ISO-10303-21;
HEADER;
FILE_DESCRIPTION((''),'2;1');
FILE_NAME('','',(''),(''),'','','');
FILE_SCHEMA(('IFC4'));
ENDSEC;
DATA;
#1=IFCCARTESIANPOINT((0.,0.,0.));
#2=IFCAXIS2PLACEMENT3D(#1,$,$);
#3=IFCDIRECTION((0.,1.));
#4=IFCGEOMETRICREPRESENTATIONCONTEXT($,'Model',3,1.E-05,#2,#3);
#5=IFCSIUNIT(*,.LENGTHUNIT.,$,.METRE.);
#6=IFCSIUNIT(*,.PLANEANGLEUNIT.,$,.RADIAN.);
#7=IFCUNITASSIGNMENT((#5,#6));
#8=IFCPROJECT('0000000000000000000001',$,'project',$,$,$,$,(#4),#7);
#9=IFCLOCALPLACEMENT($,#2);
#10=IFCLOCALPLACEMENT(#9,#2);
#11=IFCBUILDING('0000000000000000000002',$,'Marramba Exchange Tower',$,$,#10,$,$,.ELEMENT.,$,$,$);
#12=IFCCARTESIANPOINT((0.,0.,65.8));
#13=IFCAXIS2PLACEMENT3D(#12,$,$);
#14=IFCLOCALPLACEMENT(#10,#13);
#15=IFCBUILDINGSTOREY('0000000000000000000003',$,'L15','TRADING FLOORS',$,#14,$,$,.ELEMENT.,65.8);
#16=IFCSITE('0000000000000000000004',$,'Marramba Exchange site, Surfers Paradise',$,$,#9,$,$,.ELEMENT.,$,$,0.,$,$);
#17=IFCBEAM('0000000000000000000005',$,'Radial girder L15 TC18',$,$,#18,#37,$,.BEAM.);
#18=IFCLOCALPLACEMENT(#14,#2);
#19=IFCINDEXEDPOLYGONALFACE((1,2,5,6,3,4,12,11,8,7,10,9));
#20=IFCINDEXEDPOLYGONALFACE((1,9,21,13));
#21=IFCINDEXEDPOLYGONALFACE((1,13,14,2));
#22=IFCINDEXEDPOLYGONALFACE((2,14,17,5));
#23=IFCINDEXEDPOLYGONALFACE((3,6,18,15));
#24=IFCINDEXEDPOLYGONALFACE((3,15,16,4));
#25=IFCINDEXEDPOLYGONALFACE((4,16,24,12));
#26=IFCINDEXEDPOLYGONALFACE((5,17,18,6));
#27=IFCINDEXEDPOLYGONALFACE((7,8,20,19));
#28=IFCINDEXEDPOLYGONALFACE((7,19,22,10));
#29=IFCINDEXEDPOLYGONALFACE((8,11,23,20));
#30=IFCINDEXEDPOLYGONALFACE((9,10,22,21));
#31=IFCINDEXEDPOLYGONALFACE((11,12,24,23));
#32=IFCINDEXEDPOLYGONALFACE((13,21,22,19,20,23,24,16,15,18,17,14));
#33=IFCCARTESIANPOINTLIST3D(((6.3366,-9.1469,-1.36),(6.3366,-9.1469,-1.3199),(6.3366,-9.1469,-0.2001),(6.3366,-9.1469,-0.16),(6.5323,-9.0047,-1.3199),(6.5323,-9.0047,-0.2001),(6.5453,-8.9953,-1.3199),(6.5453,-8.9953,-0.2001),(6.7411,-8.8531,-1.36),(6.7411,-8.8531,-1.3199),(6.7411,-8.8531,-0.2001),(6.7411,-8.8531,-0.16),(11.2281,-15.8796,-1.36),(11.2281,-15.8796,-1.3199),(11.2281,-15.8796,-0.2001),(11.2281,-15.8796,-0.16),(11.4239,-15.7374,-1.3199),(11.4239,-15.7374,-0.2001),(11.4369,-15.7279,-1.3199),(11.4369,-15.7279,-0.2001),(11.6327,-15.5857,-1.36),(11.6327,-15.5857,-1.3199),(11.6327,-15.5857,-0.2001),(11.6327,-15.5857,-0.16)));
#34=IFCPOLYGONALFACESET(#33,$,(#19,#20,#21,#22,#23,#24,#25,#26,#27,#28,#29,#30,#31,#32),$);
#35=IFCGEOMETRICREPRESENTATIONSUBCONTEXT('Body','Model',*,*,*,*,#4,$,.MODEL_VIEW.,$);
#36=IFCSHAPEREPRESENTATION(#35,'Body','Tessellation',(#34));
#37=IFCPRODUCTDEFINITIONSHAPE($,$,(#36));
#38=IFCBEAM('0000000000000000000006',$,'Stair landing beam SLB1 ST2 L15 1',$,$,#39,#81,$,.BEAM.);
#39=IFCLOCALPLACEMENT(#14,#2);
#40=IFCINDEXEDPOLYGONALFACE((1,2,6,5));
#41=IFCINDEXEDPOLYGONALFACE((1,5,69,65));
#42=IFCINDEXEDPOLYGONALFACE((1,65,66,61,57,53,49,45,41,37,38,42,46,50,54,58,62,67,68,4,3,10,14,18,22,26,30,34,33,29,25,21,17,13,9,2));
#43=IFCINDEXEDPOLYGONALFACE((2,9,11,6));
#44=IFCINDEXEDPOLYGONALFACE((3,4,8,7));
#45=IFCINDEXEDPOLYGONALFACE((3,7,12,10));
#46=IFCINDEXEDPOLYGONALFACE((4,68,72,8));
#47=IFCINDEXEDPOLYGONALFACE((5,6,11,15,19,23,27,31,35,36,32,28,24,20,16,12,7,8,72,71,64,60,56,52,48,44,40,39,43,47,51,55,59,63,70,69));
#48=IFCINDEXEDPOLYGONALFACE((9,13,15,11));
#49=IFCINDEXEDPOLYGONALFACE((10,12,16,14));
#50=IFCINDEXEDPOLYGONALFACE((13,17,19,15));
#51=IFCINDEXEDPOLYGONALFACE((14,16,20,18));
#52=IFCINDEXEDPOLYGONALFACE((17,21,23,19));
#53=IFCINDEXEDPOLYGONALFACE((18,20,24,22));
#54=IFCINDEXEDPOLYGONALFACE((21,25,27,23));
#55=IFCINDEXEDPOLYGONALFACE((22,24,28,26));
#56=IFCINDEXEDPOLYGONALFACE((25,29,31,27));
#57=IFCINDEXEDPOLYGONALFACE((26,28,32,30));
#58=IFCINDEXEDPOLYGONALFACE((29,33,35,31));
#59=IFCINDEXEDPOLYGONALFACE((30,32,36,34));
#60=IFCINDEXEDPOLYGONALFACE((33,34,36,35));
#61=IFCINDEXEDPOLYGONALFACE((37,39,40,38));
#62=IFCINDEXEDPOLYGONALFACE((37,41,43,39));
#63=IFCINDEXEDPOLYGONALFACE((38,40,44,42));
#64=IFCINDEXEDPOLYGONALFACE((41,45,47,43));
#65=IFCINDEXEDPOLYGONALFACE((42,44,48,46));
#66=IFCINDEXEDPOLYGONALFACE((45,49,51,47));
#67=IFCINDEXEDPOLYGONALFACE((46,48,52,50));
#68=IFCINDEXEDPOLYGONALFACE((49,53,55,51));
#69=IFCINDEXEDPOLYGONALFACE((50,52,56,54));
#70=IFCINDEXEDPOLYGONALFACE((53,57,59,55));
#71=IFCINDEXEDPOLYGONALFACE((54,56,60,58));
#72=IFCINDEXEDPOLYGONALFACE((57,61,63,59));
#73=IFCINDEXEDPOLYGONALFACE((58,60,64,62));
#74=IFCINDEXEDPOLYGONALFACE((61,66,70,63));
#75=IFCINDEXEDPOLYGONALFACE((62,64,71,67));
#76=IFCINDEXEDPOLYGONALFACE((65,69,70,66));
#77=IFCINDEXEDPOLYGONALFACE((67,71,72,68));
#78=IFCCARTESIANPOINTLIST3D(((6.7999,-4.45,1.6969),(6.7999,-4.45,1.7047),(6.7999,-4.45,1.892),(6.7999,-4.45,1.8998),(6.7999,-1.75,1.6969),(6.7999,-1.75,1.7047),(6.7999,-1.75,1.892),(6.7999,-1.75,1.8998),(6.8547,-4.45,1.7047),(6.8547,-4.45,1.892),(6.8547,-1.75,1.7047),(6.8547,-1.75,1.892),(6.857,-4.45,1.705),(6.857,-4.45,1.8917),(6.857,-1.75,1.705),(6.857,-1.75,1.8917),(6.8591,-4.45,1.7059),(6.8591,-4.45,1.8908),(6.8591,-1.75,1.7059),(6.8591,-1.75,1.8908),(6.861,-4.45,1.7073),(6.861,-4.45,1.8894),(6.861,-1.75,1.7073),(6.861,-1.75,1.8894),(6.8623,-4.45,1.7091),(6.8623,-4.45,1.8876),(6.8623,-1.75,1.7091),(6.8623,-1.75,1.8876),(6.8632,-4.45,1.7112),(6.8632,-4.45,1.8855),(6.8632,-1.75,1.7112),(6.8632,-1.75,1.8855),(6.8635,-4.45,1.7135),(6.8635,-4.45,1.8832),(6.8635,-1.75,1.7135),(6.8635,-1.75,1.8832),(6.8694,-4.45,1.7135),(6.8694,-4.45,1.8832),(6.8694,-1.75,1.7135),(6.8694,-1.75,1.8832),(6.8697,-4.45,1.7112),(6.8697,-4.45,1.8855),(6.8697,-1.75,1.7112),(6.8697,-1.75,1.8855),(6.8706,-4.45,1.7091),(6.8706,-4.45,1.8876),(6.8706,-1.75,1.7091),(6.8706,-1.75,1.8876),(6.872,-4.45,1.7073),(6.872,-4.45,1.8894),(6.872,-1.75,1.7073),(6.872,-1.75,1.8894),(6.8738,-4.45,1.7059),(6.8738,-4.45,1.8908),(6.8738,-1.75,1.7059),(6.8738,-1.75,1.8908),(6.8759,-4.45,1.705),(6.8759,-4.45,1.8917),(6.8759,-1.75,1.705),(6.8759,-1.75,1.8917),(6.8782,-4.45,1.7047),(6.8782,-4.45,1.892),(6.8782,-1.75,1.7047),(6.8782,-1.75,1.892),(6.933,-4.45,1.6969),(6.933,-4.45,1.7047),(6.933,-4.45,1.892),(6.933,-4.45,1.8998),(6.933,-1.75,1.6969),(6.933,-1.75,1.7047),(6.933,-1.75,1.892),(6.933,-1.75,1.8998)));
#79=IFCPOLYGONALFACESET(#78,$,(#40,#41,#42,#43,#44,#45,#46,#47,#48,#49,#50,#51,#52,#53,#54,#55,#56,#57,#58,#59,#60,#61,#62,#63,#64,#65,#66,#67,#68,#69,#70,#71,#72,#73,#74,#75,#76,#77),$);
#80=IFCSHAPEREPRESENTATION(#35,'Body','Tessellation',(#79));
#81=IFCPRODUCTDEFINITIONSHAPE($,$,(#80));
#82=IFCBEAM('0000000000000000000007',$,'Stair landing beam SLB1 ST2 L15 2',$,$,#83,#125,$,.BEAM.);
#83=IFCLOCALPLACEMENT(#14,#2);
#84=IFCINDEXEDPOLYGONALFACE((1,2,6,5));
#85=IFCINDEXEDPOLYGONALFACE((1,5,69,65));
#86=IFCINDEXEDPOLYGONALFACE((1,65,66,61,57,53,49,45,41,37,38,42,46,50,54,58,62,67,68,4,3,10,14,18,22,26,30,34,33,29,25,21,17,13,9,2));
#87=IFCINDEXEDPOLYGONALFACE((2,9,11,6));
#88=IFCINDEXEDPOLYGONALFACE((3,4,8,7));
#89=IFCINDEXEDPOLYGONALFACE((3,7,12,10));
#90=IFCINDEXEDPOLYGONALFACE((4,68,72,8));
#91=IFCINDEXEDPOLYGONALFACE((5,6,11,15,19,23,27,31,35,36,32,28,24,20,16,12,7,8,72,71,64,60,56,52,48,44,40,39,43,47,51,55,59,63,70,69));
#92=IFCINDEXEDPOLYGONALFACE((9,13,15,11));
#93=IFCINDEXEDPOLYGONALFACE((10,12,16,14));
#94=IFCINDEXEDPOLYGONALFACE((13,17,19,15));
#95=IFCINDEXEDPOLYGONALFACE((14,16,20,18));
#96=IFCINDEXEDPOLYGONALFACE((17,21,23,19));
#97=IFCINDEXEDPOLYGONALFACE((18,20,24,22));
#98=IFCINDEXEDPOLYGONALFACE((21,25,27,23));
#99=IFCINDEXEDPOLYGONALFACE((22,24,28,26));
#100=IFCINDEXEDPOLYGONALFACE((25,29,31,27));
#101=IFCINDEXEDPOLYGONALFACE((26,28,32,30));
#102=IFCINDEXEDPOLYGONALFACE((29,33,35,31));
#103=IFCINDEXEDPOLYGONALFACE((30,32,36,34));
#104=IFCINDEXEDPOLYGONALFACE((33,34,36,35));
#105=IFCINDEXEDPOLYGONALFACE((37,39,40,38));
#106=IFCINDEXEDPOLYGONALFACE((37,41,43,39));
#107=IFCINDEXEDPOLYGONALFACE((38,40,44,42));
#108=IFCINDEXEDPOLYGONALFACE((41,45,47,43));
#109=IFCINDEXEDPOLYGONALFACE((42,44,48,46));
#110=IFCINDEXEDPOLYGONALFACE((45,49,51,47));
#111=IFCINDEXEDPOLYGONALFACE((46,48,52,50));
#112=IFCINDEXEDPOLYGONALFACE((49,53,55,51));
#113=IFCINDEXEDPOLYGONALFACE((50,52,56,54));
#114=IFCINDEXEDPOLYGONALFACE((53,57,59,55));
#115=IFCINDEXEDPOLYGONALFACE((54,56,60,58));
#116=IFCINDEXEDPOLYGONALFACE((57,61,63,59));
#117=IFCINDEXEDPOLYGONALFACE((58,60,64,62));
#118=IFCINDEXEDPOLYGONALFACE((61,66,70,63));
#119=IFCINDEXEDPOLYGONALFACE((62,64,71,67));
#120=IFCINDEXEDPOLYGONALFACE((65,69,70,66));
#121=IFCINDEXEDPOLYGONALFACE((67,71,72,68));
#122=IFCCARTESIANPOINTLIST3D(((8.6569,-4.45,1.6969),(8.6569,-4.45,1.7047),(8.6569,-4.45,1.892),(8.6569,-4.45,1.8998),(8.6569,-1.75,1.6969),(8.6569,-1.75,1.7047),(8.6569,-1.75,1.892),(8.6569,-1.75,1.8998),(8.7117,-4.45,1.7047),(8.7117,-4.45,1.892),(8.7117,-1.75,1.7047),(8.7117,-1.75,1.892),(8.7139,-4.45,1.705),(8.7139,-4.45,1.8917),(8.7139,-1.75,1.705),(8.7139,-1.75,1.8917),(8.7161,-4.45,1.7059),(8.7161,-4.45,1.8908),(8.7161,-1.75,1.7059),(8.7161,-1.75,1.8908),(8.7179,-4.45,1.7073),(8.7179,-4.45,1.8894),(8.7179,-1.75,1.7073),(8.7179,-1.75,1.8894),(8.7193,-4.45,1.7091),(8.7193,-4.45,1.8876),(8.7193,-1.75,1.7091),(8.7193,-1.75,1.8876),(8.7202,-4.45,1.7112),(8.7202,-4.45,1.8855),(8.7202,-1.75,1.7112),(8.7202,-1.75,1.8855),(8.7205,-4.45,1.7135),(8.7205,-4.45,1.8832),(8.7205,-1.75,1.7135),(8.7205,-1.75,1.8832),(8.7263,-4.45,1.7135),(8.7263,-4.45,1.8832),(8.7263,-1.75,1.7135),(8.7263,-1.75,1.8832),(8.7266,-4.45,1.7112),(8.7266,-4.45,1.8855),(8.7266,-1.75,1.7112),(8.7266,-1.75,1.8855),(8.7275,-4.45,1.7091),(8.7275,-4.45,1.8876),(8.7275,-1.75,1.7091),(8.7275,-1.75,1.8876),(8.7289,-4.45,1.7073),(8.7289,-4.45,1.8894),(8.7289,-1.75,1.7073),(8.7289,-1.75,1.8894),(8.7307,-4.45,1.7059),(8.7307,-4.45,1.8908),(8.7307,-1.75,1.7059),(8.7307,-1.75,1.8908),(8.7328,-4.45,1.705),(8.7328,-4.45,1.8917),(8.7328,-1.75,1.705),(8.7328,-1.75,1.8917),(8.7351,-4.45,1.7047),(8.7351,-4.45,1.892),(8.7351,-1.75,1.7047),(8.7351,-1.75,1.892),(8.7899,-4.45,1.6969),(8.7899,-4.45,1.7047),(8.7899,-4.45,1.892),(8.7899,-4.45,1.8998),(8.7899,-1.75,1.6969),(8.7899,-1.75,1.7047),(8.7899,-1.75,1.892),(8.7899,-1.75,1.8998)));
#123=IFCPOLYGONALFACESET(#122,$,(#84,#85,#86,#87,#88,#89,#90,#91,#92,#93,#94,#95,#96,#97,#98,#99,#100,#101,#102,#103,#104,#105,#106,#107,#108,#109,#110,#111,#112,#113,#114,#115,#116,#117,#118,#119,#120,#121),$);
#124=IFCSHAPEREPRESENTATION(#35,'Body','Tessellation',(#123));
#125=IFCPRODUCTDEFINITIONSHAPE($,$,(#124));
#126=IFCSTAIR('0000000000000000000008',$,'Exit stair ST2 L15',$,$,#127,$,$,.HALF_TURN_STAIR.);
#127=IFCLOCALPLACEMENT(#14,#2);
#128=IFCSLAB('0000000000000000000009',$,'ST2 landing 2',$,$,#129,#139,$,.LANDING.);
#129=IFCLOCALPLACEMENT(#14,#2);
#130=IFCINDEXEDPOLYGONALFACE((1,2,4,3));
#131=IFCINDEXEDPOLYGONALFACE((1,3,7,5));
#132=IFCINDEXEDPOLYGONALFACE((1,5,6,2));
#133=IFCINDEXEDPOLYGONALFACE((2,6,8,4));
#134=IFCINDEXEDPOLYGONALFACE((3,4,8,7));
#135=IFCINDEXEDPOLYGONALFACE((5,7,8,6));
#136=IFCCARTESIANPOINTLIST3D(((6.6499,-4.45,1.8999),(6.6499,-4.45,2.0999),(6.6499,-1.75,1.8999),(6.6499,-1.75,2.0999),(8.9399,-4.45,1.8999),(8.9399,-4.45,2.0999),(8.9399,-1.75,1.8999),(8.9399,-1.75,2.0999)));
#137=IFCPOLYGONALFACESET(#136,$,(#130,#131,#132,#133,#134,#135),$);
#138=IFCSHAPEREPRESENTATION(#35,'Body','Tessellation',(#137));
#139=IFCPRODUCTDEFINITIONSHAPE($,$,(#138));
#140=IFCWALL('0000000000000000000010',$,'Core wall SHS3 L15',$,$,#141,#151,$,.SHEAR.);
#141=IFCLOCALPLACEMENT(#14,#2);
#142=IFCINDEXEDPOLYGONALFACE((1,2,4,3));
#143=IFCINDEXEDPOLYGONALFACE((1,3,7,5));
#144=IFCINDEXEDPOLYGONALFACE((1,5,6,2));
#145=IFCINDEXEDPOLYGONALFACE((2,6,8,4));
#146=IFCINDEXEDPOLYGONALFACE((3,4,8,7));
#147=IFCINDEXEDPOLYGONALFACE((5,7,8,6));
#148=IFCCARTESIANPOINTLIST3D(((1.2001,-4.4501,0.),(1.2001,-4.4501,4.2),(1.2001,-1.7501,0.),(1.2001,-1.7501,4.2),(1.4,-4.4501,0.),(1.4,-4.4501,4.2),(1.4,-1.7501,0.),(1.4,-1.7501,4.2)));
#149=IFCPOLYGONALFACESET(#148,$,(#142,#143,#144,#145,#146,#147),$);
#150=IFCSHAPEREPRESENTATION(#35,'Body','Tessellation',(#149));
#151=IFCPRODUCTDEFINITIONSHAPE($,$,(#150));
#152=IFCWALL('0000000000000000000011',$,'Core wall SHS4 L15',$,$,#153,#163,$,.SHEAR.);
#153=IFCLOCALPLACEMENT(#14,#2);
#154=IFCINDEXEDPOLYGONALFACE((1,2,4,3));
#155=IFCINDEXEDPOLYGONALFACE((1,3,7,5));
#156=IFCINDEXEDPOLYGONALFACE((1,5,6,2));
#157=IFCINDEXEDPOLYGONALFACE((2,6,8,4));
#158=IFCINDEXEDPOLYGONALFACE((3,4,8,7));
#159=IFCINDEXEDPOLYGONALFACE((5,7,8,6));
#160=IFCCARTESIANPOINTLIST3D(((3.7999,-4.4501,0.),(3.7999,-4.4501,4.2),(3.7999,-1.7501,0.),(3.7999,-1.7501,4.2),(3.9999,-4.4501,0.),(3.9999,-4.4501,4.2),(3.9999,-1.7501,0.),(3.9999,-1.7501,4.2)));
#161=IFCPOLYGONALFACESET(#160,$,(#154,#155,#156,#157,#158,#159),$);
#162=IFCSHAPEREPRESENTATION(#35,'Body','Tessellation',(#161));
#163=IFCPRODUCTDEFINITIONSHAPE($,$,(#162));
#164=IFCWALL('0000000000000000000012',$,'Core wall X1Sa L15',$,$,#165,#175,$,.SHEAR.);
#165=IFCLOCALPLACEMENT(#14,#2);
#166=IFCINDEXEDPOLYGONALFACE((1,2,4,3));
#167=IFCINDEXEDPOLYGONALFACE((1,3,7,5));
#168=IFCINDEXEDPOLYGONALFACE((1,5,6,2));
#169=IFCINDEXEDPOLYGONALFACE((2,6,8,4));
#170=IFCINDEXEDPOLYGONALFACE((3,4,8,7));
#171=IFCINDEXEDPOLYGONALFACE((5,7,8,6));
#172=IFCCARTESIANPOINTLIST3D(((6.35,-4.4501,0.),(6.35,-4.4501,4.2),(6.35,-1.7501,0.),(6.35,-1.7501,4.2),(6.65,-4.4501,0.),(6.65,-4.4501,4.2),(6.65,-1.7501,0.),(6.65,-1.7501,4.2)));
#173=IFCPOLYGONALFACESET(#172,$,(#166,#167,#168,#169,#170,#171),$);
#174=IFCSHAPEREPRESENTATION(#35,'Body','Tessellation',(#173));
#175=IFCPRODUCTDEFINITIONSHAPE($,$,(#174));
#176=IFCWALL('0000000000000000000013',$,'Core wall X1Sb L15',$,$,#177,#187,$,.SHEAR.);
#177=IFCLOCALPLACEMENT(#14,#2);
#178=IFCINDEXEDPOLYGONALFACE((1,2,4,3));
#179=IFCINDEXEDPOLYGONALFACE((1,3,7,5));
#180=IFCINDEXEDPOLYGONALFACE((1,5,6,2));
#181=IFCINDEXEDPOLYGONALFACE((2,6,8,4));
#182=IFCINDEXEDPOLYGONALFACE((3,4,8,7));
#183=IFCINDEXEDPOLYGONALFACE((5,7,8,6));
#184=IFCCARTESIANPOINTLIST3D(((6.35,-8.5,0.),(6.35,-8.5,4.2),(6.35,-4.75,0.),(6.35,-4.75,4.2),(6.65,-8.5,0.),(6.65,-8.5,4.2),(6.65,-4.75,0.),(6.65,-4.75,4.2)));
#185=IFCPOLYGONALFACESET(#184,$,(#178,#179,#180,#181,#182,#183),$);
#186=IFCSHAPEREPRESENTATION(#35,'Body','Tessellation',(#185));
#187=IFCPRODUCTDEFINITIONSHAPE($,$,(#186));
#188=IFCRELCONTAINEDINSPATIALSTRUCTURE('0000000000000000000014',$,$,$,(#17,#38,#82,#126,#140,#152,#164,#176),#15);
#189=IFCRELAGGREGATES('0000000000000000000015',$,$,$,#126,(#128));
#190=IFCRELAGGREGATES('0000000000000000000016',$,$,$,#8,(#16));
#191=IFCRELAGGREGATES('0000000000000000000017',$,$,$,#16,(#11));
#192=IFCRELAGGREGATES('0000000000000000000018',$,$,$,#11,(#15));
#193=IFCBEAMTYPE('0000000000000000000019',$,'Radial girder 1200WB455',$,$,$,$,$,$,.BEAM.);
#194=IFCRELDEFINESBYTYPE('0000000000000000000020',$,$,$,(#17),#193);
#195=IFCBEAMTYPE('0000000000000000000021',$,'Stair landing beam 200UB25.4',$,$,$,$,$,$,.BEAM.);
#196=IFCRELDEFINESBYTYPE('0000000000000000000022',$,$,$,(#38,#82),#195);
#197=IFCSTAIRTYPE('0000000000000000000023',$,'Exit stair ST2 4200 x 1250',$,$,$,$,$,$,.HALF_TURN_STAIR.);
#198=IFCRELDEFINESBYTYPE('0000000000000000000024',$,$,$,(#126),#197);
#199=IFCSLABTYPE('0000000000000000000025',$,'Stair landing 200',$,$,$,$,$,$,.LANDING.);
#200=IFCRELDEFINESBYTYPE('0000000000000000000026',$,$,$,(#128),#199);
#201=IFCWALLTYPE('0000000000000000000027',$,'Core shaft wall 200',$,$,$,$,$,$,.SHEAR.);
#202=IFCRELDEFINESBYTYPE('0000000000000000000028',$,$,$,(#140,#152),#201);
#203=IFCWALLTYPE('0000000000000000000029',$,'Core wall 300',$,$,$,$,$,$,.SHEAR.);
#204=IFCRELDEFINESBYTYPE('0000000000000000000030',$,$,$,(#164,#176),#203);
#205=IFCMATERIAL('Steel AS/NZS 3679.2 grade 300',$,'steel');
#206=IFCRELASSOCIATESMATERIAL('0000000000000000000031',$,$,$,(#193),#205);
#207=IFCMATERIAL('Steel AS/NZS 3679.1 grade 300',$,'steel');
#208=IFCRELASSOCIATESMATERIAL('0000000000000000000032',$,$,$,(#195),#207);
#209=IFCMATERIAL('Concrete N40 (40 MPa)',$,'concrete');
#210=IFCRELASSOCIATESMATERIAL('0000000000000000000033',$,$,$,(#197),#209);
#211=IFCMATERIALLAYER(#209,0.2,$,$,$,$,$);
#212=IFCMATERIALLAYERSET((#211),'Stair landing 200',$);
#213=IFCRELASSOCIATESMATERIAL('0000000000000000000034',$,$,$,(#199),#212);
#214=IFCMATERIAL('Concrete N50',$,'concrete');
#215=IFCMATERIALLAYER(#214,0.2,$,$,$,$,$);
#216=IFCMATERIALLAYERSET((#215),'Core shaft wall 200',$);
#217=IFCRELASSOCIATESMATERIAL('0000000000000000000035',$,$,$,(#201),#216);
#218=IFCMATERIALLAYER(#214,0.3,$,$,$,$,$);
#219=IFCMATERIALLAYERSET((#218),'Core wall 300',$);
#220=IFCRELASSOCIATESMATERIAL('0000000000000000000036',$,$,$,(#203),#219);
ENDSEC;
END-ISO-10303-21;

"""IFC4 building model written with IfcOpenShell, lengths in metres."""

from ifc_helpers import new_model, si_unit, direction, frame, frame_2d, origin, origin_2d, place, context, subcontext, project, spatial, polyline, rectangle, i_section, outline, extrude, material, layer, layer_set, material_profile, profile_set, type_object, element, aggregate, save


model = new_model("IFC4")

# Units and contexts
model_context = context("Model", 3, precision=1e-05, world=origin(), true_north=direction((0.0, 1.0)))
body_context = subcontext(model_context, "Body", "Model", "MODEL_VIEW")
ifc_project = project(units=[si_unit("LENGTHUNIT", "METRE"), si_unit("PLANEANGLEUNIT", "RADIAN")], contexts=[model_context])

# Site, building, storey
site_placement = place(None, origin())
site = spatial("IfcSite", under=ifc_project, at=site_placement, Name="Marramba Exchange site, Surfers Paradise", CompositionType="ELEMENT", RefElevation=0.0)
building_placement = place(site_placement, origin())
building = spatial("IfcBuilding", under=site, at=building_placement, Name="Marramba Exchange Tower", CompositionType="ELEMENT")
storey_placement = place(building_placement, frame((0.0, 0.0, 65.8)))
storey = spatial("IfcBuildingStorey", under=building, at=storey_placement, Name="L15", Description="TRADING FLOORS", CompositionType="ELEMENT", Elevation=65.8)

# Beams
ifc_material_1 = material(Name="Steel AS/NZS 3679.2 grade 300", Category="steel")
ifc_material_profile_1 = material_profile(ifc_material_1, i_section(OverallWidth=0.5, OverallDepth=1.2, WebThickness=0.0161, FlangeThickness=0.04, at=origin_2d()), Name="1200WB455")
ifc_profile_set_1 = profile_set([ifc_material_profile_1], Name="Steel AS/NZS 3679.2 grade 300")
beam_type_1 = type_object("IfcBeamType", Name="Radial girder 1200WB455", PredefinedType="BEAM", material=ifc_profile_set_1)
beam_placement = place(storey_placement, frame((6.5388, -9.0, -0.76), z_axis=(0.587788, -0.809015, 0.0), x_axis=(0.809015, 0.587788, 0.0)))
element("IfcBeam", 1, at=beam_placement, inside=storey, type_object=beam_type_1, Name="Radial girder L15 TC18", PredefinedType="BEAM", context=body_context, shape_type="SweptSolid", body=[
    extrude(i_section(OverallWidth=0.5, OverallDepth=1.2, WebThickness=0.0161, FlangeThickness=0.04, at=origin_2d()), origin(), (0.0, 0.0, 1.0), 8.322),
])
ifc_material_2 = material(Name="Steel AS/NZS 3679.1 grade 300", Category="steel")
ifc_material_profile_2 = material_profile(ifc_material_2, i_section(OverallWidth=0.1331, OverallDepth=0.2029, WebThickness=0.0059, FlangeThickness=0.0078, FilletRadius=0.0088, at=origin_2d()), Name="200UB25.4")
ifc_profile_set_2 = profile_set([ifc_material_profile_2], Name="Steel AS/NZS 3679.1 grade 300")
beam_type_2 = type_object("IfcBeamType", Name="Stair landing beam 200UB25.4", PredefinedType="BEAM", material=ifc_profile_set_2)
for number, where, z_axis, x_axis, name in (
    (2, (6.8665, -4.45, 1.7983), (0.0, 1.0, 0.0), (-1.0, 0.0, 0.0), "Stair landing beam SLB1 ST2 L15 1"),
    (3, (8.7234, -4.45, 1.7983), (0.0, 1.0, 0.0), (-1.0, 0.0, 0.0), "Stair landing beam SLB1 ST2 L15 2"),
):
    element("IfcBeam", number, at=place(storey_placement, frame(where, z_axis=z_axis, x_axis=x_axis)), inside=storey, type_object=beam_type_2, Name=name, PredefinedType="BEAM", context=body_context, shape_type="SweptSolid", body=[
        extrude(i_section(OverallWidth=0.1331, OverallDepth=0.2029, WebThickness=0.0059, FlangeThickness=0.0078, FilletRadius=0.0088, at=origin_2d()), origin(), (0.0, 0.0, 1.0), 2.7),
    ])

# Stair, slab
ifc_material_3 = material(Name="Concrete N40 (40 MPa)", Category="concrete")
stair_type = type_object("IfcStairType", Name="Exit stair ST2 4200 x 1250", PredefinedType="HALF_TURN_STAIR", material=ifc_material_3)
stair_placement = place(storey_placement, origin())
stair = element("IfcStair", 4, at=stair_placement, inside=storey, type_object=stair_type, Name="Exit stair ST2 L15", PredefinedType="HALF_TURN_STAIR")
ifc_layer_1 = layer(ifc_material_3, 0.2)
ifc_layer_set_1 = layer_set([ifc_layer_1], Name="Stair landing 200")
slab_type = type_object("IfcSlabType", Name="Stair landing 200", PredefinedType="LANDING", material=ifc_layer_set_1)
slab_placement = place(storey_placement, frame((0.0, 0.0, 1.8999)))
slab = element("IfcSlab", 5, at=slab_placement, type_object=slab_type, Name="ST2 landing 2", PredefinedType="LANDING", context=body_context, shape_type="SweptSolid", body=[
    extrude(outline(polyline([(6.6499, -4.45), (8.9399, -4.45), (8.9399, -1.75), (6.6499, -1.75), (6.6499, -4.45)])), origin(), (0.0, 0.0, 1.0), 0.2),
])

# Walls
ifc_material_4 = material(Name="Concrete N50", Category="concrete")
ifc_layer_2 = layer(ifc_material_4, 0.2)
ifc_layer_set_2 = layer_set([ifc_layer_2], Name="Core shaft wall 200")
wall_type_1 = type_object("IfcWallType", Name="Core shaft wall 200", PredefinedType="SHEAR", material=ifc_layer_set_2)
for number, where, z_axis, x_axis, name in (
    (6, (1.3, -1.75, 0.0), (0.0, 0.0, 1.0), (0.0, -1.0, 0.0), "Core wall SHS3 L15"),
    (7, (3.8999, -1.75, 0.0), (0.0, 0.0, 1.0), (0.0, -1.0, 0.0), "Core wall SHS4 L15"),
):
    element("IfcWall", number, at=place(storey_placement, frame(where, z_axis=z_axis, x_axis=x_axis)), inside=storey, type_object=wall_type_1, Name=name, PredefinedType="SHEAR", context=body_context, shape_type="SweptSolid", body=[
        extrude(rectangle(XDim=2.7, YDim=0.2, at=frame_2d((1.3501, 0.0))), origin(), (0.0, 0.0, 1.0), 4.2),
    ])
ifc_layer_3 = layer(ifc_material_4, 0.3)
ifc_layer_set_3 = layer_set([ifc_layer_3], Name="Core wall 300")
wall_type_2 = type_object("IfcWallType", Name="Core wall 300", PredefinedType="SHEAR", material=ifc_layer_set_3)
wall_1_placement = place(storey_placement, frame((6.5, -1.75, 0.0), z_axis=(0.0, 0.0, 1.0), x_axis=(0.0, -1.0, 0.0)))
element("IfcWall", 8, at=wall_1_placement, inside=storey, type_object=wall_type_2, Name="Core wall X1Sa L15", PredefinedType="SHEAR", context=body_context, shape_type="SweptSolid", body=[
    extrude(rectangle(XDim=2.7, YDim=0.3, at=frame_2d((1.3501, 0.0))), origin(), (0.0, 0.0, 1.0), 4.2),
])
wall_2_placement = place(storey_placement, frame((6.5, -4.75, 0.0), z_axis=(0.0, 0.0, 1.0), x_axis=(0.0, -1.0, 0.0)))
element("IfcWall", 9, at=wall_2_placement, inside=storey, type_object=wall_type_2, Name="Core wall X1Sb L15", PredefinedType="SHEAR", context=body_context, shape_type="SweptSolid", body=[
    extrude(rectangle(XDim=3.75, YDim=0.3, at=frame_2d((1.875, 0.0))), origin(), (0.0, 0.0, 1.0), 4.2),
])

aggregate(stair, [slab])

save(model, "model.ifc")
